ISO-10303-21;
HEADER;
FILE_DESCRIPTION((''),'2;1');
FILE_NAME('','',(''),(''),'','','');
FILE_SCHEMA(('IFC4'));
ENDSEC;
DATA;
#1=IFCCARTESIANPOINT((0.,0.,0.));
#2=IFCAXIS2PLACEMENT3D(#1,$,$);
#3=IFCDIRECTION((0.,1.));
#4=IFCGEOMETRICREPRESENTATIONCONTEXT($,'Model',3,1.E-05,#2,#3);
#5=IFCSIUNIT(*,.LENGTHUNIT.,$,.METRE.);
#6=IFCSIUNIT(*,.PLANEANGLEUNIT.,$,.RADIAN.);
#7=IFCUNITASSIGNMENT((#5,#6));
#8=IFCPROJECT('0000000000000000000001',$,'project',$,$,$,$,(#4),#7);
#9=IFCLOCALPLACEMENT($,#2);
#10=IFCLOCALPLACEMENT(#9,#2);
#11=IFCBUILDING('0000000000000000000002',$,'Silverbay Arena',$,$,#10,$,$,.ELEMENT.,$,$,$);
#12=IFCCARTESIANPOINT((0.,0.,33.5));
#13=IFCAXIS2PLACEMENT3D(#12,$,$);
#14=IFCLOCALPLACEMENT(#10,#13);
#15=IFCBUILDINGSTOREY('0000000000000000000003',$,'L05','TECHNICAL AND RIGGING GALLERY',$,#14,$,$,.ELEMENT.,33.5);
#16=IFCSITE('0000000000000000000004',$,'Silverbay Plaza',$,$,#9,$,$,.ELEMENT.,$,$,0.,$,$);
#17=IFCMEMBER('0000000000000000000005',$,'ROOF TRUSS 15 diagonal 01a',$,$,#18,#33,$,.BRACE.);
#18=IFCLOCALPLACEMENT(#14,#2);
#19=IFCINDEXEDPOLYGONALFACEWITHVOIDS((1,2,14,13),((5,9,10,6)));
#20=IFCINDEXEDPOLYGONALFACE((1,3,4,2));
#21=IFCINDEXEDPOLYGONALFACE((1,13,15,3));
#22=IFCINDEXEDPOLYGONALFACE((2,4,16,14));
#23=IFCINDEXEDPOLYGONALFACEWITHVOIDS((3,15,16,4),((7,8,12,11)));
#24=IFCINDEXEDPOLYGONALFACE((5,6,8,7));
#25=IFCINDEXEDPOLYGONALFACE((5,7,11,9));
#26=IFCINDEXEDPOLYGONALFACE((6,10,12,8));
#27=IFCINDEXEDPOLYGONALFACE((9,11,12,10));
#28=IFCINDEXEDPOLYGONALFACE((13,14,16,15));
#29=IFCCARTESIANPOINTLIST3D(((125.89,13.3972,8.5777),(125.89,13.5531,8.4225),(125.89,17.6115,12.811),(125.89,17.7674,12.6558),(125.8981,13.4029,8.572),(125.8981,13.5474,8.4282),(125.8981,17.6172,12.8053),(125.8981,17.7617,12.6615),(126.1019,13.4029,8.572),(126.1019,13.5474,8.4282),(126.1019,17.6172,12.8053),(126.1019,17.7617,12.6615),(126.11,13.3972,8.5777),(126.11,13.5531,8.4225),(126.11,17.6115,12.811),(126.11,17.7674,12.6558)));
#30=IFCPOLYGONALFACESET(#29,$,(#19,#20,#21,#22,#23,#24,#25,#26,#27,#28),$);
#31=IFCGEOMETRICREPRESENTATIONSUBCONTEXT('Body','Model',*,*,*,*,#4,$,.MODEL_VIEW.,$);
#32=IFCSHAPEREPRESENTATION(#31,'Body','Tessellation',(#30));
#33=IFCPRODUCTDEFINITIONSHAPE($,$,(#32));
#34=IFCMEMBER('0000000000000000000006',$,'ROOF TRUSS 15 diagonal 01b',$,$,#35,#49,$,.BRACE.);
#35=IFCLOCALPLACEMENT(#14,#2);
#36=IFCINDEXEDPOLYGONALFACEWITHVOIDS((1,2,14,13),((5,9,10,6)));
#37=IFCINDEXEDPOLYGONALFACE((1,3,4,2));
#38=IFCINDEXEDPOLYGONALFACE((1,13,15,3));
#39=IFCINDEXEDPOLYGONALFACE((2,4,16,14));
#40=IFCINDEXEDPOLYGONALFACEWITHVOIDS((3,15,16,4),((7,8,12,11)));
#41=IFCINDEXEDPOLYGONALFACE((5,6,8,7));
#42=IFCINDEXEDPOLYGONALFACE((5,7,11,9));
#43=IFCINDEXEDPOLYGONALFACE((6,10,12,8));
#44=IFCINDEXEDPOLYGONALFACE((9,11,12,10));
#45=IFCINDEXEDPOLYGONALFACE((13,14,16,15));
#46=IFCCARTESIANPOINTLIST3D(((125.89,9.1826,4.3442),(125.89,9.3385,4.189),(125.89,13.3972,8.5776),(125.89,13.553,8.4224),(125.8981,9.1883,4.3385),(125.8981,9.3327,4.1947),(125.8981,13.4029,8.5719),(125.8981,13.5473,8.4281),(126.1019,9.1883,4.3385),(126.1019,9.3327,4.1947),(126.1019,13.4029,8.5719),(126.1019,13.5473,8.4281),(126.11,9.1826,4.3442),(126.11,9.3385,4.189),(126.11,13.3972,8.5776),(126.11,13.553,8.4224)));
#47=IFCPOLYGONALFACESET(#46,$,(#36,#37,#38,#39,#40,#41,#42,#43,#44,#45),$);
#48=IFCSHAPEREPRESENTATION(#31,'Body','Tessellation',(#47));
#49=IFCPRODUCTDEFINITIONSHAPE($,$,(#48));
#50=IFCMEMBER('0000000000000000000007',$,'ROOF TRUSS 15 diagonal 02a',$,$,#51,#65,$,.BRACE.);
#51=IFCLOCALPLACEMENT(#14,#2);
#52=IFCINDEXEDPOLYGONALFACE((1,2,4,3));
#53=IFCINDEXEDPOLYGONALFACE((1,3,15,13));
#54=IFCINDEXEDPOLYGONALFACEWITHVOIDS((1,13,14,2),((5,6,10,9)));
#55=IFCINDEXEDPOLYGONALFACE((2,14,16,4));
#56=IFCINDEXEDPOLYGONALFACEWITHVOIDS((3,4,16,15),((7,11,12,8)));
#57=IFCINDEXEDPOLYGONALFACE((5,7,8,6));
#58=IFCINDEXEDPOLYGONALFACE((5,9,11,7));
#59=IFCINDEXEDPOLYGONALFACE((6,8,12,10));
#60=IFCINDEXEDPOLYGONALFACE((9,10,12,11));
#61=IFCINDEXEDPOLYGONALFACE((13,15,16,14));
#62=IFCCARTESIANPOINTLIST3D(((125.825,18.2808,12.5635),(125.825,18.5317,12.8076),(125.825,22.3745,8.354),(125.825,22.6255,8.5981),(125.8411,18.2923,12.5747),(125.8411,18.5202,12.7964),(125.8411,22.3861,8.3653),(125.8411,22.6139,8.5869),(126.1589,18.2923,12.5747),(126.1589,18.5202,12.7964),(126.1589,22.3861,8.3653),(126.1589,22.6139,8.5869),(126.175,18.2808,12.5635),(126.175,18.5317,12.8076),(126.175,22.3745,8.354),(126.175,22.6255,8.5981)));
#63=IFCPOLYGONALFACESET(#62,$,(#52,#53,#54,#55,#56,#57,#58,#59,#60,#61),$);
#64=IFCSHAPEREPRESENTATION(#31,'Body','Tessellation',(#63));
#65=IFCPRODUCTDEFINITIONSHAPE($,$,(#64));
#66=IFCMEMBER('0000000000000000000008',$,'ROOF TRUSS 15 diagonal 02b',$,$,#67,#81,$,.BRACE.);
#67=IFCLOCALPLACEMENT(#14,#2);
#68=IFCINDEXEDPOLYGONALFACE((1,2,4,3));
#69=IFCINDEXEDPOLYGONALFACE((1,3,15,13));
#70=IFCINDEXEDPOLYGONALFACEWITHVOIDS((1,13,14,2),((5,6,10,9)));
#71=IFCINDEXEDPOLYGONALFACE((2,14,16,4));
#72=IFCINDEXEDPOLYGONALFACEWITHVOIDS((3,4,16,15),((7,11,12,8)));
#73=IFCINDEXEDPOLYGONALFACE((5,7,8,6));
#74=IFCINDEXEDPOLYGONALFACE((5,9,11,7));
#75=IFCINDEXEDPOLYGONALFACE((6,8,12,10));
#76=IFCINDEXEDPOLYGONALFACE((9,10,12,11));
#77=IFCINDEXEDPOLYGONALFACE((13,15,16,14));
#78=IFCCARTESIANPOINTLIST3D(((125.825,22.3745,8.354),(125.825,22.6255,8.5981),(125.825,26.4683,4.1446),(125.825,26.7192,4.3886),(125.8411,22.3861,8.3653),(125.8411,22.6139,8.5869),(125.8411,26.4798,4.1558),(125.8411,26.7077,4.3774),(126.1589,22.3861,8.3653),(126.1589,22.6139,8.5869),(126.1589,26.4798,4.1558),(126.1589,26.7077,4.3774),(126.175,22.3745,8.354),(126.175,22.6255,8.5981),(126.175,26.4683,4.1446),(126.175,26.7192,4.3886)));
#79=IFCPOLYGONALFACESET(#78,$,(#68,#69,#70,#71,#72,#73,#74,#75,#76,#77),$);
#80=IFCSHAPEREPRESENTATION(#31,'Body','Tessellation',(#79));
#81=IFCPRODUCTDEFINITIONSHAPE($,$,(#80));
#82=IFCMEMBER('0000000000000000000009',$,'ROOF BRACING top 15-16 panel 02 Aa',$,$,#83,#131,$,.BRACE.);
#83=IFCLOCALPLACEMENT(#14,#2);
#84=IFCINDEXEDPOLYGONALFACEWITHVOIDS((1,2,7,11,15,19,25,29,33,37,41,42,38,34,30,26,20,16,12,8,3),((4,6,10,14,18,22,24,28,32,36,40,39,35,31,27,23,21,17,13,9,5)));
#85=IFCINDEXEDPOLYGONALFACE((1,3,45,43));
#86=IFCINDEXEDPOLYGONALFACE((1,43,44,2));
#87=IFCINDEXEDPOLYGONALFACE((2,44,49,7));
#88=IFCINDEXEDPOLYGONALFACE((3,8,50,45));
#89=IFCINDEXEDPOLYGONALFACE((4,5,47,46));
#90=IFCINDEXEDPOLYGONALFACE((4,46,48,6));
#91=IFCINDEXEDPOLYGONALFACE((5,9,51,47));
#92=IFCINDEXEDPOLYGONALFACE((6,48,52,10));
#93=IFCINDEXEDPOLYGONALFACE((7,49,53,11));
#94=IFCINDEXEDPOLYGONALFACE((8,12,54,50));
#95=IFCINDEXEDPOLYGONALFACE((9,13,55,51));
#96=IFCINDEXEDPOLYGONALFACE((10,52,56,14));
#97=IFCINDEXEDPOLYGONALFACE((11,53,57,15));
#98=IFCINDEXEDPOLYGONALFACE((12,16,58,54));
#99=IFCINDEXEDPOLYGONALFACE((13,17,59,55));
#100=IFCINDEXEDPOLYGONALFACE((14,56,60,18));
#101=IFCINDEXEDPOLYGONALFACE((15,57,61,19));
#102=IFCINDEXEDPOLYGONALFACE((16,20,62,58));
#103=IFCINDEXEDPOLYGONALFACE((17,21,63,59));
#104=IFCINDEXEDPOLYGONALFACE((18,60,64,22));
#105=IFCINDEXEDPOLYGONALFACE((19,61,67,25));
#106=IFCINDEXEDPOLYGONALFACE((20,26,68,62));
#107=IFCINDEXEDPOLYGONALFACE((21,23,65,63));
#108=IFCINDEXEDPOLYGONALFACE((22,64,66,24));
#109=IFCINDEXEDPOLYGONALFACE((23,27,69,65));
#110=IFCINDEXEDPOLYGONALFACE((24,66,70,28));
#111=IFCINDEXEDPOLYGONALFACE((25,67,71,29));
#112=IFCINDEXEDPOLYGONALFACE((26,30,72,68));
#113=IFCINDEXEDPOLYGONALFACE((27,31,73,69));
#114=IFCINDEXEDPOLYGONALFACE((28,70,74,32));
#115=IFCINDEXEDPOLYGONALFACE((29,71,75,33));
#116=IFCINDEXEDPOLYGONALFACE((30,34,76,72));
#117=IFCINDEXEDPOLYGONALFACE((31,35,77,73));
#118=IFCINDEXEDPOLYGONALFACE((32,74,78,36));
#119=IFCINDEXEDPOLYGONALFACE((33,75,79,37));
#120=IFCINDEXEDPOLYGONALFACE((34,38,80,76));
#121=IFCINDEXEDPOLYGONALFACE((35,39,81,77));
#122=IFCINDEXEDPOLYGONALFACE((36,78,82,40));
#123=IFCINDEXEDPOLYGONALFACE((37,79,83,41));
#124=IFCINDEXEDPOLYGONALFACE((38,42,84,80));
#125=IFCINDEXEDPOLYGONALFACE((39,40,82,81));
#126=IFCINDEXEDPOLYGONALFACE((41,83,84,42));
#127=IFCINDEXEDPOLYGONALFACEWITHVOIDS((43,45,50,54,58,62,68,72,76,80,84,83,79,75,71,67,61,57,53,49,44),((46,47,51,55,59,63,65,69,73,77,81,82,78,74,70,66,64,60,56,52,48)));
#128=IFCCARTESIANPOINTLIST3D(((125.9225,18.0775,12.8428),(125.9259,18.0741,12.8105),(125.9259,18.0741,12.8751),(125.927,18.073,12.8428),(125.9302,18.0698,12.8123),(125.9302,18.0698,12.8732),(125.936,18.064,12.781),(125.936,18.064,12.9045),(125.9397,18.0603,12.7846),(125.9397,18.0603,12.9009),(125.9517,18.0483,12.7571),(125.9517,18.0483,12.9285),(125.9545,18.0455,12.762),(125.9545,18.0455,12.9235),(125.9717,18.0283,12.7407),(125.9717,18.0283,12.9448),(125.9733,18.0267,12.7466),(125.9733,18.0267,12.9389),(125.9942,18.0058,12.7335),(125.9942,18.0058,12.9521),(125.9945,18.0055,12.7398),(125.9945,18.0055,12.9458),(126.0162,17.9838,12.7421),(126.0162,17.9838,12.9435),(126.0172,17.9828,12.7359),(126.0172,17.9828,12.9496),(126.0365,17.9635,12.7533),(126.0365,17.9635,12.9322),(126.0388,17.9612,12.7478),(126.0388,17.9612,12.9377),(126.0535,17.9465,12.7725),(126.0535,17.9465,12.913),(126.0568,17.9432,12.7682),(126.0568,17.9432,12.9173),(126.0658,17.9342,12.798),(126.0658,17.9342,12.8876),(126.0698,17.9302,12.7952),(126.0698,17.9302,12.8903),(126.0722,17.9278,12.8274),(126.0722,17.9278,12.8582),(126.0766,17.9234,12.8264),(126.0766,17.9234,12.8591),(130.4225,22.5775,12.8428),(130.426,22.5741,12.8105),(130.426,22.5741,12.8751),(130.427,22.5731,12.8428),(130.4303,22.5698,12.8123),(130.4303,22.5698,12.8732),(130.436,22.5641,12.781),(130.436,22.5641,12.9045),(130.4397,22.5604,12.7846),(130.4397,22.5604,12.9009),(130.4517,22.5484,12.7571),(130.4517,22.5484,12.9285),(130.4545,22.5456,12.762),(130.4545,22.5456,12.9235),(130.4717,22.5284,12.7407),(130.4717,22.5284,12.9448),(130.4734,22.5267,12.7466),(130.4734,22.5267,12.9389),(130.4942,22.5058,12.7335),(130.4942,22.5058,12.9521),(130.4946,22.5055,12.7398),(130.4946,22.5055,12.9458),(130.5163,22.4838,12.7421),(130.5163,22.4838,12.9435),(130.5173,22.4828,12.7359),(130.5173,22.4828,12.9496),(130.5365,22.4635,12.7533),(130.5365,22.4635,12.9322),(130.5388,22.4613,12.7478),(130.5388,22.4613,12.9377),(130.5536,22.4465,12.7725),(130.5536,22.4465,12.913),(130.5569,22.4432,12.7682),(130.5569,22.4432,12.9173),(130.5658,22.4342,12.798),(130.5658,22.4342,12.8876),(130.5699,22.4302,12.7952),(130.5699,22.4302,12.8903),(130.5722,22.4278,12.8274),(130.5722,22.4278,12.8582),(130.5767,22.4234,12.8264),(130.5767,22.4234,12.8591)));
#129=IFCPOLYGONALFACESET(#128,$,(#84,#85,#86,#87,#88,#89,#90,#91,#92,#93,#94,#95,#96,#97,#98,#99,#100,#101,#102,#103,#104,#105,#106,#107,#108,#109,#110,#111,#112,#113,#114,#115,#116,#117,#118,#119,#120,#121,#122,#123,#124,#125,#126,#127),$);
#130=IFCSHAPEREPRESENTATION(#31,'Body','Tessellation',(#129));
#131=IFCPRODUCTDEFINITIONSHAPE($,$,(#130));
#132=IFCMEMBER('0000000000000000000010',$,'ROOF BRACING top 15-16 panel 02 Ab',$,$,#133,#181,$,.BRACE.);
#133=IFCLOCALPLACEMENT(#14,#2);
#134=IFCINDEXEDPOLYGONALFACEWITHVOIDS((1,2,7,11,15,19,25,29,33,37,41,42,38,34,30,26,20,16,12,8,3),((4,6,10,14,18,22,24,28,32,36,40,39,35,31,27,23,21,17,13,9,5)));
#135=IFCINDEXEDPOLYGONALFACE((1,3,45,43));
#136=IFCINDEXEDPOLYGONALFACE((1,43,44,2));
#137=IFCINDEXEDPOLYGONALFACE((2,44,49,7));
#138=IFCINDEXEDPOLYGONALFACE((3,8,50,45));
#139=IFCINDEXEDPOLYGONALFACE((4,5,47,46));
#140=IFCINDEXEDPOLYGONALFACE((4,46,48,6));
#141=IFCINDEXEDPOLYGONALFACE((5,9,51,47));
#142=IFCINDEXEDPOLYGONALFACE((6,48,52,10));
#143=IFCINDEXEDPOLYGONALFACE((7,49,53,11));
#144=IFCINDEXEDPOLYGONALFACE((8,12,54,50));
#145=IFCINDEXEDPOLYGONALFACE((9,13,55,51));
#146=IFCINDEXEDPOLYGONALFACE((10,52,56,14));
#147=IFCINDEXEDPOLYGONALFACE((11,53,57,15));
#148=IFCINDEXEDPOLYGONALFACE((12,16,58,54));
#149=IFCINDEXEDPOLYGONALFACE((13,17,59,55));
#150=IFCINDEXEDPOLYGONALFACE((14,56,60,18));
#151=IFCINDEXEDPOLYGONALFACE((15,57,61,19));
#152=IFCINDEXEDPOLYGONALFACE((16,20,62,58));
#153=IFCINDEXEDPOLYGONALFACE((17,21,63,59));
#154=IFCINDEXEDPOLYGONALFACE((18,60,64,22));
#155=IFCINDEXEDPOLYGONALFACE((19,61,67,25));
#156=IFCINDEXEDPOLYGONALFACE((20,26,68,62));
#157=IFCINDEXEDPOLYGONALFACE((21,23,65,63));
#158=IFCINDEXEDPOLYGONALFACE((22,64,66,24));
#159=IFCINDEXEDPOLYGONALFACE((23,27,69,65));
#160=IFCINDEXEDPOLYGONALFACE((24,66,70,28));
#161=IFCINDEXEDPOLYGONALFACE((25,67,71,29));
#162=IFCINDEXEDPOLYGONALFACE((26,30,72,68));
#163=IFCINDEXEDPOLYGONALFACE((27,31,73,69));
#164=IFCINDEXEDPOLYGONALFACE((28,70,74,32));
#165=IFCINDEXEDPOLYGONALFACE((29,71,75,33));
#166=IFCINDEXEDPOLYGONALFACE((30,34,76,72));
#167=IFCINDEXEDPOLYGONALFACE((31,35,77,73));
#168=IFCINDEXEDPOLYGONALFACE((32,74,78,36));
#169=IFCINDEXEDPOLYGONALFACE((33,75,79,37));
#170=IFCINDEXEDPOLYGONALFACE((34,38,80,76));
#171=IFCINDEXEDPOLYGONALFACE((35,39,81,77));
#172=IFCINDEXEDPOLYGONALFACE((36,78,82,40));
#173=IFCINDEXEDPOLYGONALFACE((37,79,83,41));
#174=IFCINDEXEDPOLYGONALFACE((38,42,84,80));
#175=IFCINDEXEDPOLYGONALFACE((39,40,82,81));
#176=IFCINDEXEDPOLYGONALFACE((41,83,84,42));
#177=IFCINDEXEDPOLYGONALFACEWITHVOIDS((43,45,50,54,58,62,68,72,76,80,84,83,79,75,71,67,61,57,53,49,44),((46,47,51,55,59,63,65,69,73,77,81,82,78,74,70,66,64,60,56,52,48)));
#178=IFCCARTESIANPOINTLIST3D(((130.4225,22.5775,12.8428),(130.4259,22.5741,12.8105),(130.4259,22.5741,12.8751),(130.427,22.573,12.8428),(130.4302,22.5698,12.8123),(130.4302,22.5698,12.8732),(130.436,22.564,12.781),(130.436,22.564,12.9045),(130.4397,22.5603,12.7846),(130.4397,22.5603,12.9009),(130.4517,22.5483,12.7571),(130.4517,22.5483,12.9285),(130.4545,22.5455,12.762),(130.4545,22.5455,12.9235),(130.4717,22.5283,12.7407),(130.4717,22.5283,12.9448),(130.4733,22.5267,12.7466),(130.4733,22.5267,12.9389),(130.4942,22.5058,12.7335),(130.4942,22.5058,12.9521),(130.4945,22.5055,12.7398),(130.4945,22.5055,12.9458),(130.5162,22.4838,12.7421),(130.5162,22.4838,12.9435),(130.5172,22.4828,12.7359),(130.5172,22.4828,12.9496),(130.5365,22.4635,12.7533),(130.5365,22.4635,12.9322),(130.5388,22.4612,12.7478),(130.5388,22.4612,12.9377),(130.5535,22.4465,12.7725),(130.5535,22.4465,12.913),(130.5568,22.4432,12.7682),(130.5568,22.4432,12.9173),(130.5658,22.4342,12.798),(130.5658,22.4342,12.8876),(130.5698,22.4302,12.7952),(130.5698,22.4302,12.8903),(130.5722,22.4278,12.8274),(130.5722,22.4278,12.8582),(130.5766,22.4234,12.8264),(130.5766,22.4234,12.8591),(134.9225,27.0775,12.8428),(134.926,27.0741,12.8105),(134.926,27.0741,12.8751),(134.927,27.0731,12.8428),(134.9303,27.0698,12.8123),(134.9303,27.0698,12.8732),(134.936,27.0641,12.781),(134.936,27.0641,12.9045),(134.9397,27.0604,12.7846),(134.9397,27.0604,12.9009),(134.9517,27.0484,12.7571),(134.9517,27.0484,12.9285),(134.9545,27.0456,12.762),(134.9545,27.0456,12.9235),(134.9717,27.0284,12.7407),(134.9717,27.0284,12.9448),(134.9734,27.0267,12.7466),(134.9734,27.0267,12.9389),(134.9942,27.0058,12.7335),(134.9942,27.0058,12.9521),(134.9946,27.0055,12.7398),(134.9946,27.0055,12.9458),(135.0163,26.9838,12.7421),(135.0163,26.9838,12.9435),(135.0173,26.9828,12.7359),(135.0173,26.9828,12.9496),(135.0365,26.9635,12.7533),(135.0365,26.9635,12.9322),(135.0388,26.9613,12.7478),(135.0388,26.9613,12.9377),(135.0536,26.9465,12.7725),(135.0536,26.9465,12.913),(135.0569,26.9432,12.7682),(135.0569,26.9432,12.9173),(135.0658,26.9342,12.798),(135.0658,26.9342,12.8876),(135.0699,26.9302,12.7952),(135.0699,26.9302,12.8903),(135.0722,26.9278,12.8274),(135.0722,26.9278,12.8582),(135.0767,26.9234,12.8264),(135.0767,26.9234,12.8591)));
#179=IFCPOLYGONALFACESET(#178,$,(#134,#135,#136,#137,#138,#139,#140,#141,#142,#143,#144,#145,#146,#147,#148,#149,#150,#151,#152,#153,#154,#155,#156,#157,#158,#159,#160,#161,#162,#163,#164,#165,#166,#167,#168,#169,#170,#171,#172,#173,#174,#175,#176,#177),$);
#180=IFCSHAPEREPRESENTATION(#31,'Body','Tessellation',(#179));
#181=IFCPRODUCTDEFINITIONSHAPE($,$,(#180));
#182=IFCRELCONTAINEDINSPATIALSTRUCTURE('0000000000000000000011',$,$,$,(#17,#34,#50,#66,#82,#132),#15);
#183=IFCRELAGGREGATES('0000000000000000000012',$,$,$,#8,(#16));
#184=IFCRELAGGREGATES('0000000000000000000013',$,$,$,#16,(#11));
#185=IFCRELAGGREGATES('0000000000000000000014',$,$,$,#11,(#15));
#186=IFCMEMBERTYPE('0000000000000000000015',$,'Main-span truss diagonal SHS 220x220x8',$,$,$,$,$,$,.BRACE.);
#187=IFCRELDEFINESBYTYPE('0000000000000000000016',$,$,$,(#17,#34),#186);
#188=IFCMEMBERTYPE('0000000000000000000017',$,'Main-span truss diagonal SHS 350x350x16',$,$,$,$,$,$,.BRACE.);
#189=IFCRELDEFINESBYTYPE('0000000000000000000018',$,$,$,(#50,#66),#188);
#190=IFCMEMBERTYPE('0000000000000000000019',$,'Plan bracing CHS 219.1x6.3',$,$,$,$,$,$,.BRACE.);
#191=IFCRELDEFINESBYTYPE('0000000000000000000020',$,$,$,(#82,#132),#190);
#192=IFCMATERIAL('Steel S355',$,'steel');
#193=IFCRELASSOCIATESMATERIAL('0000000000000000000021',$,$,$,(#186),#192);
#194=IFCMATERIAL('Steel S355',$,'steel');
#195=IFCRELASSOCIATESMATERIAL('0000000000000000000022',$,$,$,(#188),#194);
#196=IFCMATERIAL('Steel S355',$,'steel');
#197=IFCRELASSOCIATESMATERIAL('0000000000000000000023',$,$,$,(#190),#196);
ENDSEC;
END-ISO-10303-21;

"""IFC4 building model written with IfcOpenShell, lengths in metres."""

from ifc_helpers import new_model, si_unit, direction, frame, origin, origin_2d, place, context, subcontext, project, spatial, hollow_rectangle, hollow_circle, extrude, material, material_profile, profile_set, type_object, element, save


model = new_model("IFC4")

# Units and contexts
model_context = context("Model", 3, precision=1e-05, world=origin(), true_north=direction((0.0, 1.0)))
body_context = subcontext(model_context, "Body", "Model", "MODEL_VIEW")
ifc_project = project(units=[si_unit("LENGTHUNIT", "METRE"), si_unit("PLANEANGLEUNIT", "RADIAN")], contexts=[model_context])

# Site, building, storey
site_placement = place(None, origin())
site = spatial("IfcSite", under=ifc_project, at=site_placement, Name="Silverbay Plaza", CompositionType="ELEMENT", RefElevation=0.0)
building_placement = place(site_placement, origin())
building = spatial("IfcBuilding", under=site, at=building_placement, Name="Silverbay Arena", CompositionType="ELEMENT")
storey_placement = place(building_placement, frame((0.0, 0.0, 33.5)))
storey = spatial("IfcBuildingStorey", under=building, at=storey_placement, Name="L05", Description="TECHNICAL AND RIGGING GALLERY", CompositionType="ELEMENT", Elevation=33.5)

# Members
ifc_material_1 = material(Name="Steel S355", Category="steel")
ifc_material_profile_1 = material_profile(ifc_material_1, hollow_rectangle(XDim=0.22, YDim=0.22, WallThickness=0.0081, at=origin_2d()), Name="SHS 220x220x8")
ifc_profile_set_1 = profile_set([ifc_material_profile_1], Name="Steel S355")
member_type_1 = type_object("IfcMemberType", Name="Main-span truss diagonal SHS 220x220x8", PredefinedType="BRACE", material=ifc_profile_set_1)
member_1_placement = place(storey_placement, frame((126.0, 17.6895, 12.7334), z_axis=(0.0, -0.705511, -0.708699), x_axis=(1.0, 0.0, 0.0)))
element("IfcMember", 1, at=member_1_placement, inside=storey, type_object=member_type_1, Name="ROOF TRUSS 15 diagonal 01a", PredefinedType="BRACE", context=body_context, shape_type="SweptSolid", body=[
    extrude(hollow_rectangle(XDim=0.22, YDim=0.22, WallThickness=0.0081, at=origin_2d()), origin(), (0.0, 0.0, 1.0), 5.9734),
])
member_2_placement = place(storey_placement, frame((126.0, 13.4751, 8.5), z_axis=(0.0, -0.705532, -0.708679), x_axis=(1.0, 0.0, 0.0)))
element("IfcMember", 2, at=member_2_placement, inside=storey, type_object=member_type_1, Name="ROOF TRUSS 15 diagonal 01b", PredefinedType="BRACE", context=body_context, shape_type="SweptSolid", body=[
    extrude(hollow_rectangle(XDim=0.22, YDim=0.22, WallThickness=0.0081, at=origin_2d()), origin(), (0.0, 0.0, 1.0), 5.9736),
])
ifc_material_2 = material(Name="Steel S355", Category="steel")
ifc_material_profile_2 = material_profile(ifc_material_2, hollow_rectangle(XDim=0.3501, YDim=0.3501, WallThickness=0.0161, at=origin_2d()), Name="SHS 350x350x16")
ifc_profile_set_2 = profile_set([ifc_material_profile_2], Name="Steel S355")
member_type_2 = type_object("IfcMemberType", Name="Main-span truss diagonal SHS 350x350x16", PredefinedType="BRACE", material=ifc_profile_set_2)
for number, where, z_axis, x_axis, name in (
    (3, (126.0, 18.4062, 12.6855), (0.0, 0.697184, -0.716892), (-1.0, 0.0, 0.0), "ROOF TRUSS 15 diagonal 02a"),
    (4, (126.0, 22.5, 8.4761), (0.0, 0.697184, -0.716892), (-1.0, 0.0, 0.0), "ROOF TRUSS 15 diagonal 02b"),
):
    element("IfcMember", number, at=place(storey_placement, frame(where, z_axis=z_axis, x_axis=x_axis)), inside=storey, type_object=member_type_2, Name=name, PredefinedType="BRACE", context=body_context, shape_type="SweptSolid", body=[
        extrude(hollow_rectangle(XDim=0.3501, YDim=0.3501, WallThickness=0.0161, at=origin_2d()), origin(), (0.0, 0.0, 1.0), 5.8718),
    ])
ifc_material_3 = material(Name="Steel S355", Category="steel")
ifc_material_profile_3 = material_profile(ifc_material_3, hollow_circle(Radius=0.1096, WallThickness=0.0063, at=origin_2d()), Name="CHS 219.1x6.3")
ifc_profile_set_3 = profile_set([ifc_material_profile_3], Name="Steel S355")
member_type_3 = type_object("IfcMemberType", Name="Plan bracing CHS 219.1x6.3", PredefinedType="BRACE", material=ifc_profile_set_3)
for number, where, z_axis, x_axis, name in (
    (5, (126.0, 18.0, 12.8428), (0.707107, 0.707107, 0.0), (-0.707107, 0.707107, 0.0), "ROOF BRACING top 15-16 panel 02 Aa"),
    (6, (130.5, 22.5, 12.8428), (0.707107, 0.707107, 0.0), (-0.707107, 0.707107, 0.0), "ROOF BRACING top 15-16 panel 02 Ab"),
):
    element("IfcMember", number, at=place(storey_placement, frame(where, z_axis=z_axis, x_axis=x_axis)), inside=storey, type_object=member_type_3, Name=name, PredefinedType="BRACE", context=body_context, shape_type="SweptSolid", body=[
        extrude(hollow_circle(Radius=0.1096, WallThickness=0.0063, at=origin_2d()), origin(), (0.0, 0.0, 1.0), 6.364),
    ])

save(model, "model.ifc")
